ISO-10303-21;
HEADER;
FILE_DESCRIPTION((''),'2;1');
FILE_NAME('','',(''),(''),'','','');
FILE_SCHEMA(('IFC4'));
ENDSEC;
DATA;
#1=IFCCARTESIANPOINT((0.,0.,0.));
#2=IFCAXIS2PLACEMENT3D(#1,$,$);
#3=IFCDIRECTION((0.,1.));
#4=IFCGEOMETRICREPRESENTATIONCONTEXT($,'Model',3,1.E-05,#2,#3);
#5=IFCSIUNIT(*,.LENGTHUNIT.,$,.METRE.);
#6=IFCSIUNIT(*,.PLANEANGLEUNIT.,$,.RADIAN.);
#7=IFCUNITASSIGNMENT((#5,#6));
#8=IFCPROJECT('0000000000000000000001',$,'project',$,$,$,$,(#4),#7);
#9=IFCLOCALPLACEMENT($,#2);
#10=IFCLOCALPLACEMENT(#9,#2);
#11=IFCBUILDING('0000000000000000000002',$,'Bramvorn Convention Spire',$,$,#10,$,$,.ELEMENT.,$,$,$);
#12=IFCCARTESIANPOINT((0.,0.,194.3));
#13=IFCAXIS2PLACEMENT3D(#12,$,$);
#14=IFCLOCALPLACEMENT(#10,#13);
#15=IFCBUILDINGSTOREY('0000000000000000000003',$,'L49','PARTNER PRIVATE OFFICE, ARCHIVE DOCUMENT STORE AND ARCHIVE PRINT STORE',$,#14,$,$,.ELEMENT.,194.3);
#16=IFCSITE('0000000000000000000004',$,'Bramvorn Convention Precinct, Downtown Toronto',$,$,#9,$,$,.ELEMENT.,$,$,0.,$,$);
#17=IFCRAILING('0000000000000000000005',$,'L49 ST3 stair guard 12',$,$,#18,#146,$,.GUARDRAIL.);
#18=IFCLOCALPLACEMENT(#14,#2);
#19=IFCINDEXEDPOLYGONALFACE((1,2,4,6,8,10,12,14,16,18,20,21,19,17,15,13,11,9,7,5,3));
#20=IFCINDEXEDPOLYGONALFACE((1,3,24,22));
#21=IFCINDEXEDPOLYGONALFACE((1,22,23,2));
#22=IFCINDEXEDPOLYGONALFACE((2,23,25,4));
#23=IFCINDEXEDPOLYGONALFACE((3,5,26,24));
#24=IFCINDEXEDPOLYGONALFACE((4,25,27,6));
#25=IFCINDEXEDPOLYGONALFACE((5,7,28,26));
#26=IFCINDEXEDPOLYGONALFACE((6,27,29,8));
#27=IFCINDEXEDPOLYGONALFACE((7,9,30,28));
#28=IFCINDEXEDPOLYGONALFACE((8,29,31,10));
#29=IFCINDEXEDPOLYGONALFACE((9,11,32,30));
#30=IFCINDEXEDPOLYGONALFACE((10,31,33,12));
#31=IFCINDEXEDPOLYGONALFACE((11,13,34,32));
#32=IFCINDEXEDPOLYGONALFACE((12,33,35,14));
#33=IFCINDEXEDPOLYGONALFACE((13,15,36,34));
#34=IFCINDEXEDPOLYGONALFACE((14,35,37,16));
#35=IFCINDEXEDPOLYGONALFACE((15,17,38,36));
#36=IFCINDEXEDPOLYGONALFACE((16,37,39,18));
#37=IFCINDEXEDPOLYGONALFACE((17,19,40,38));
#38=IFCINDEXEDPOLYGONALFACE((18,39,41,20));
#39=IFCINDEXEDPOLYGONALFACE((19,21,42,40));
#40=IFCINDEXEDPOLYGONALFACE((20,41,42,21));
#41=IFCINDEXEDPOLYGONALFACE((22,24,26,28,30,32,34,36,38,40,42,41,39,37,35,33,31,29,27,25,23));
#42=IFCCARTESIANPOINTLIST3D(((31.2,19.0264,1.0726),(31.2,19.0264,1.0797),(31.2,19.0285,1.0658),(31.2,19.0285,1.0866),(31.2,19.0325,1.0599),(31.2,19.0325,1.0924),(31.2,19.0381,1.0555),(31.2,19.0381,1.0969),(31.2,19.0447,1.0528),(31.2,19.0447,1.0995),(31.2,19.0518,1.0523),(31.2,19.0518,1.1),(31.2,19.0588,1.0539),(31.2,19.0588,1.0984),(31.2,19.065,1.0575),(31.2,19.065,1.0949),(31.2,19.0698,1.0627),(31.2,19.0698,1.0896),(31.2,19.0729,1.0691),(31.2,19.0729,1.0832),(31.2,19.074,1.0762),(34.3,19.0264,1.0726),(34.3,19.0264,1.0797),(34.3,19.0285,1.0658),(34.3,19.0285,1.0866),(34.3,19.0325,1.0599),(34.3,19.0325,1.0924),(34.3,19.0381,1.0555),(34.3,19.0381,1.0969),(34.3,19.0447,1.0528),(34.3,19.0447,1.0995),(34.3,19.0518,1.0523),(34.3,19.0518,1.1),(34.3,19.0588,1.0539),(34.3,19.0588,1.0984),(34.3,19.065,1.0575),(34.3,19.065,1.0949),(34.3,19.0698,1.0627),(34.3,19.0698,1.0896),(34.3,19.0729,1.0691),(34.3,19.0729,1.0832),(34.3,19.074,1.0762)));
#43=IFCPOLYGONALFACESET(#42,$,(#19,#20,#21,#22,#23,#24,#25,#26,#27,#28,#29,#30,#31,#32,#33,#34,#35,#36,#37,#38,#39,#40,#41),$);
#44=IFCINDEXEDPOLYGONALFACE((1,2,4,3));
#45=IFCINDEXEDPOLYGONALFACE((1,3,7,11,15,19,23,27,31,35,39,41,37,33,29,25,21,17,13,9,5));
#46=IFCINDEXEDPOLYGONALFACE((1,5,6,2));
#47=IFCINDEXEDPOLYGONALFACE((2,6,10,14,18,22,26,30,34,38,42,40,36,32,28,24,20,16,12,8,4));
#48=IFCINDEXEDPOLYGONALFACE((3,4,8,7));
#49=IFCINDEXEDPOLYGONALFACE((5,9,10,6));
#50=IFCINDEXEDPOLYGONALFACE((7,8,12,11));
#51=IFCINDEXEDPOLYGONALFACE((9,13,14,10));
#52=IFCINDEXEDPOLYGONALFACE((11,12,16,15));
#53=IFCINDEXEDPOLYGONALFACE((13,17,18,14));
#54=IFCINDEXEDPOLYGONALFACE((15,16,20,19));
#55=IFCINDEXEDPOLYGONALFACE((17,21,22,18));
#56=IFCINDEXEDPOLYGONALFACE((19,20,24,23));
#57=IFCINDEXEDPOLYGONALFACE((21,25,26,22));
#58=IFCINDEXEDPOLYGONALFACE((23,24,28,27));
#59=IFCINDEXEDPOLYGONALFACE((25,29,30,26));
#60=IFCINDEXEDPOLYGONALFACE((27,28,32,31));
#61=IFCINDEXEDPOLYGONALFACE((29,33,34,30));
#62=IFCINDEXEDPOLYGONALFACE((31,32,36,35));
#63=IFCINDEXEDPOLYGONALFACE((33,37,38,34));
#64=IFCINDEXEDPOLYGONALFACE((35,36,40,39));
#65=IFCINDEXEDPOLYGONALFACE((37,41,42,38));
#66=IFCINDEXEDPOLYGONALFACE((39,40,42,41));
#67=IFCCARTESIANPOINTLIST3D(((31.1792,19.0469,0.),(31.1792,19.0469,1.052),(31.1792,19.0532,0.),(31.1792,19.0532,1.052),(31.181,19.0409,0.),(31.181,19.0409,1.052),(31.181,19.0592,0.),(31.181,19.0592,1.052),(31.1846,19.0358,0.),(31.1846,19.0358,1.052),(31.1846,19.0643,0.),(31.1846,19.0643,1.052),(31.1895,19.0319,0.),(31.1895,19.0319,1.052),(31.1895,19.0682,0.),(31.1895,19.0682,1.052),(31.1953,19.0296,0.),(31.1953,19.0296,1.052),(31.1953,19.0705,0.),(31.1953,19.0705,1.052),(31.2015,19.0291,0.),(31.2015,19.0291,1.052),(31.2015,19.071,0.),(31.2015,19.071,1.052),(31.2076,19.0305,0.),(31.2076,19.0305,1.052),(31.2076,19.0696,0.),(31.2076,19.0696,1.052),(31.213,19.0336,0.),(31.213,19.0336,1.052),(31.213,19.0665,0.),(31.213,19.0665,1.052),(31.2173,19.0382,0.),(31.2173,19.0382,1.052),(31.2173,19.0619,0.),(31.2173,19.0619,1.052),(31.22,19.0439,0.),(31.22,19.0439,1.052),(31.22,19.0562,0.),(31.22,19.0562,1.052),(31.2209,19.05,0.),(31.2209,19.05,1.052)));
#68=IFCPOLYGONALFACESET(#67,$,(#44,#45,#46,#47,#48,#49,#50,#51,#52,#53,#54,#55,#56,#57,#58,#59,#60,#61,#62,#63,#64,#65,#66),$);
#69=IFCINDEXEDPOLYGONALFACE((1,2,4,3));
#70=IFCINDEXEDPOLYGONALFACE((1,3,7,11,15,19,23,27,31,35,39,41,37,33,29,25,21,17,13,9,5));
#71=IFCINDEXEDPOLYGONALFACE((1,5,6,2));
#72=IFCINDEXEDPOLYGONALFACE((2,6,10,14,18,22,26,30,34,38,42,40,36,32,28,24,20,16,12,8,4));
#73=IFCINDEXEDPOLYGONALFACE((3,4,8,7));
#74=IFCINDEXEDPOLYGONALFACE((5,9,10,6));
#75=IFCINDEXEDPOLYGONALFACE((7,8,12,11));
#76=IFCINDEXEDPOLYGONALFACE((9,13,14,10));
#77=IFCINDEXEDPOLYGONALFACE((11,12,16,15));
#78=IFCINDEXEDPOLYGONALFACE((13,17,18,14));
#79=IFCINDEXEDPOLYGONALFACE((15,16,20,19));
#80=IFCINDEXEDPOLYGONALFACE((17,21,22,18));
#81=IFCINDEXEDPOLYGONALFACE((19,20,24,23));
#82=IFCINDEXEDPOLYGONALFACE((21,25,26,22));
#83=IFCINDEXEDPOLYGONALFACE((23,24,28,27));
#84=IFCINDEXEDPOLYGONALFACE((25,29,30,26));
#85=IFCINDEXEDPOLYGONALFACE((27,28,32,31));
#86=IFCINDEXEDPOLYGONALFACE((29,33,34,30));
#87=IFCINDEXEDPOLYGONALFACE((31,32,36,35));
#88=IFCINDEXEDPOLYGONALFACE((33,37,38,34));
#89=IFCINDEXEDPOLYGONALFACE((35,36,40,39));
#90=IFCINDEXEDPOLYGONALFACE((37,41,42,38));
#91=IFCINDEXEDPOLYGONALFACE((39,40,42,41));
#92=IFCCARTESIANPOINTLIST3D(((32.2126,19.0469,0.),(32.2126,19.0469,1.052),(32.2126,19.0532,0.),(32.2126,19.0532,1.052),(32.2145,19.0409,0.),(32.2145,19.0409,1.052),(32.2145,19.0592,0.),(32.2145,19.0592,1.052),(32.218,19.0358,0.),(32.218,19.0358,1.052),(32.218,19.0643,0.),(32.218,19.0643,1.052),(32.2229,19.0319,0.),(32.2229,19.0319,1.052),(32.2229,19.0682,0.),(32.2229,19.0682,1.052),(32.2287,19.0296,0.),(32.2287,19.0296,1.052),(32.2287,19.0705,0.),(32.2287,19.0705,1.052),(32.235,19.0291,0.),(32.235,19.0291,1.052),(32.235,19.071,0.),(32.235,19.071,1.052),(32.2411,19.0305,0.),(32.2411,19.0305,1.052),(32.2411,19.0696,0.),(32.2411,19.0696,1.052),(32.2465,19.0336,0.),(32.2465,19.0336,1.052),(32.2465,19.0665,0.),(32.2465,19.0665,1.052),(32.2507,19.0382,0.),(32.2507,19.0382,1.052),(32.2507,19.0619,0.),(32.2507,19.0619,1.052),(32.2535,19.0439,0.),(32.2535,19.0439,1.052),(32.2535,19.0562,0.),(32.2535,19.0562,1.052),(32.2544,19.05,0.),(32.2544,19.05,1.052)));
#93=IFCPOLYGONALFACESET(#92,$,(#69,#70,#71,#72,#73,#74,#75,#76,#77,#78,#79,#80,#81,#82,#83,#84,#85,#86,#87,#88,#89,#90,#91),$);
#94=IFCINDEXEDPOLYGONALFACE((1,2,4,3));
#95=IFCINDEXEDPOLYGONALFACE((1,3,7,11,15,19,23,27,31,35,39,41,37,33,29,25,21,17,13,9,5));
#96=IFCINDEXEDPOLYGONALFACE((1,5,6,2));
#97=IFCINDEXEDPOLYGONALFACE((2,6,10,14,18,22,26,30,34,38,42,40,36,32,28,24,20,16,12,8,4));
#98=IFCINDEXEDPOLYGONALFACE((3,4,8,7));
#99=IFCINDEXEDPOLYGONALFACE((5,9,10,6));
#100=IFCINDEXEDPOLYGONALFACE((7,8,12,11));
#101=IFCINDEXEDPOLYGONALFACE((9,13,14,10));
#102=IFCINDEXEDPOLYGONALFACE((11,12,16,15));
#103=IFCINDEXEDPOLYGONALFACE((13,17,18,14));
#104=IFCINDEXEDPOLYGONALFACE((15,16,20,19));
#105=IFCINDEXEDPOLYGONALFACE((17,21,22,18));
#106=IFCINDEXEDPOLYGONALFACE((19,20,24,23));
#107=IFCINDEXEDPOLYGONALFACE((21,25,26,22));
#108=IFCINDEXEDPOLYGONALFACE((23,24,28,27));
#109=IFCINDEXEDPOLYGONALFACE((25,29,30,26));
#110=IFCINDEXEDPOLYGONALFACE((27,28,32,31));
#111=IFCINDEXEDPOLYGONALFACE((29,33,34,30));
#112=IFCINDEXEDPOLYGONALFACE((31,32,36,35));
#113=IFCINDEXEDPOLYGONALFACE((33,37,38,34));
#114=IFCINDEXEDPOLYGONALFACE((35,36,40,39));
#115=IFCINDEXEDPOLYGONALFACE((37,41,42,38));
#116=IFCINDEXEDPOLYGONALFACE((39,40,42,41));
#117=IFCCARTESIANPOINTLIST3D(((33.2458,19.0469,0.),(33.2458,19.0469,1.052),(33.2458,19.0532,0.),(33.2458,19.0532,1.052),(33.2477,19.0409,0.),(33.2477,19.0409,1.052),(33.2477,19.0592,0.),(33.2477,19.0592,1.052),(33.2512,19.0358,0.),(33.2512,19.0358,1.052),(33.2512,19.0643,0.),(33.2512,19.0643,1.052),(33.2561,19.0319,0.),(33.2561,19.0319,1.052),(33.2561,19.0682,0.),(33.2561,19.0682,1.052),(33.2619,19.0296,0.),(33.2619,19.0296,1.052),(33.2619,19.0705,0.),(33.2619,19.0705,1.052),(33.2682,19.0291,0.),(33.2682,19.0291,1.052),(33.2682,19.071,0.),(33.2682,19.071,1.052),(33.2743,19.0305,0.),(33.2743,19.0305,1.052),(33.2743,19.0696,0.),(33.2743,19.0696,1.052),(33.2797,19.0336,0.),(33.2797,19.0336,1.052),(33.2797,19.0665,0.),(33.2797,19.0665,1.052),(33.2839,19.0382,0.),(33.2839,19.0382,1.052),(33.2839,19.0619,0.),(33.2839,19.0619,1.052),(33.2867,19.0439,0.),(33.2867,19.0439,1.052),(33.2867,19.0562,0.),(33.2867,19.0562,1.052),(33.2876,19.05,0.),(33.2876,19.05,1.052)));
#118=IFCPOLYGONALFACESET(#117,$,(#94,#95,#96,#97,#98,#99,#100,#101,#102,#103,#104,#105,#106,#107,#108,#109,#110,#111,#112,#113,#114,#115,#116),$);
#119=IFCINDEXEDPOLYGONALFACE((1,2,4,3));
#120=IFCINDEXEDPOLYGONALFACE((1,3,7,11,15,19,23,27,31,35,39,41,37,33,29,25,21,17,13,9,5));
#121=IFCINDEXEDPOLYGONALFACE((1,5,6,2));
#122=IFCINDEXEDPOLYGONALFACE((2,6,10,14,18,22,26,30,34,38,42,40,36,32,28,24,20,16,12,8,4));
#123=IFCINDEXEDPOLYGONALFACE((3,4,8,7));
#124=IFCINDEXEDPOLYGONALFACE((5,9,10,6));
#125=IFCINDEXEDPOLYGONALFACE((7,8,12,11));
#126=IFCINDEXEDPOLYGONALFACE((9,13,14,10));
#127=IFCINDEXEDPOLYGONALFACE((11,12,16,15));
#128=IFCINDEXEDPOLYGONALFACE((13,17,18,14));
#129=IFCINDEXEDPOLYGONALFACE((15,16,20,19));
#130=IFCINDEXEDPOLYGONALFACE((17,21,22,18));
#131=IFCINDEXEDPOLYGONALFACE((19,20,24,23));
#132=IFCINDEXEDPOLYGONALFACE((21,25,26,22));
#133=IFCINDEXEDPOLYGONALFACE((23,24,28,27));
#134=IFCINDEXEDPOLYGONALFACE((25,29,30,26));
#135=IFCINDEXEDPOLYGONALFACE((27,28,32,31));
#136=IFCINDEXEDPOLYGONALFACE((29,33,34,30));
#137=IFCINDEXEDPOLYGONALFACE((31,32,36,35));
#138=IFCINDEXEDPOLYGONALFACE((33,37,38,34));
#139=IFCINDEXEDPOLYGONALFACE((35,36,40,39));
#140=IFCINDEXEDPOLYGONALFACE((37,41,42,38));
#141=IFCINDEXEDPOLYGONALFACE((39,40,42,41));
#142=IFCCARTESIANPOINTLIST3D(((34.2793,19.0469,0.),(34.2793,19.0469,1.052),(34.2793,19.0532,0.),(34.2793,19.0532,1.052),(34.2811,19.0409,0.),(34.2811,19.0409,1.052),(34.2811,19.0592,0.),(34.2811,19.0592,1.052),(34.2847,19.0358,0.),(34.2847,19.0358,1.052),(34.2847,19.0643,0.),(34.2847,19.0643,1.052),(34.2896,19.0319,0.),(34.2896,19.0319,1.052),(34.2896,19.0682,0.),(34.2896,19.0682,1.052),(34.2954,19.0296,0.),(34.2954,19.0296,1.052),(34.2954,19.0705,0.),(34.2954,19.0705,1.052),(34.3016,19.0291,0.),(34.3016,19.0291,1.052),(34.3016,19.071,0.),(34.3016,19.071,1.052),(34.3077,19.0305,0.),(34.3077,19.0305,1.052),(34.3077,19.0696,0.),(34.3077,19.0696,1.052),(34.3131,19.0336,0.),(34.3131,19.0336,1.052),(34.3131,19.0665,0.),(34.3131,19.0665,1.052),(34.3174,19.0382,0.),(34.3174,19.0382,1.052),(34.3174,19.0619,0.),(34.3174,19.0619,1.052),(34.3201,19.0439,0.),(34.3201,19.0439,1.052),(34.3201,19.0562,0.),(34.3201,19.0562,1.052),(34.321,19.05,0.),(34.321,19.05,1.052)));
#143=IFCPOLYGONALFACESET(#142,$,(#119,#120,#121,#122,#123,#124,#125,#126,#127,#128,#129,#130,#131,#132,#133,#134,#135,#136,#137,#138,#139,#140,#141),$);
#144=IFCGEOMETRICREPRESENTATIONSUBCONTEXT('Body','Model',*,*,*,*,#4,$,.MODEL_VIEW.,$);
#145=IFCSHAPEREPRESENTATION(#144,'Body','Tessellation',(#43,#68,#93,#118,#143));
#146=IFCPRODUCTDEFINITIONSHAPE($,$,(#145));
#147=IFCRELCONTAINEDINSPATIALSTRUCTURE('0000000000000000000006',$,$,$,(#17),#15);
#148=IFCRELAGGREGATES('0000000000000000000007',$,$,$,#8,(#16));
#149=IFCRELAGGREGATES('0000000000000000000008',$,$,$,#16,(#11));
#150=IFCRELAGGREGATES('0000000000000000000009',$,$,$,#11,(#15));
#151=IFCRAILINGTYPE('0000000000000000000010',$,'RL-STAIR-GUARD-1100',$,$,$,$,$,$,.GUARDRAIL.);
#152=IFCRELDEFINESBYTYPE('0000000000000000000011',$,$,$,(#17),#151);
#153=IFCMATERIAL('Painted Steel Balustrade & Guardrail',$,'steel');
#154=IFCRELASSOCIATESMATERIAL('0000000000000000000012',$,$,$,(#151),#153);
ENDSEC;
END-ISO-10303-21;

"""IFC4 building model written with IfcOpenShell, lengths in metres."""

from ifc_helpers import new_model, si_unit, direction, frame, origin, origin_2d, place, context, subcontext, project, spatial, circle, extrude, material, type_object, element, save


model = new_model("IFC4")

# Units and contexts
model_context = context("Model", 3, precision=1e-05, world=origin(), true_north=direction((0.0, 1.0)))
body_context = subcontext(model_context, "Body", "Model", "MODEL_VIEW")
ifc_project = project(units=[si_unit("LENGTHUNIT", "METRE"), si_unit("PLANEANGLEUNIT", "RADIAN")], contexts=[model_context])

# Site, building, storey
site_placement = place(None, origin())
site = spatial("IfcSite", under=ifc_project, at=site_placement, Name="Bramvorn Convention Precinct, Downtown Toronto", CompositionType="ELEMENT", RefElevation=0.0)
building_placement = place(site_placement, origin())
building = spatial("IfcBuilding", under=site, at=building_placement, Name="Bramvorn Convention Spire", CompositionType="ELEMENT")
storey_placement = place(building_placement, frame((0.0, 0.0, 194.3)))
storey = spatial("IfcBuildingStorey", under=building, at=storey_placement, Name="L49", Description="PARTNER PRIVATE OFFICE, ARCHIVE DOCUMENT STORE AND ARCHIVE PRINT STORE", CompositionType="ELEMENT", Elevation=194.3)

# Railing
ifc_material_1 = material(Name="Painted Steel Balustrade & Guardrail", Category="steel")
railing_type_1 = type_object("IfcRailingType", Name="RL-STAIR-GUARD-1100", PredefinedType="GUARDRAIL", material=ifc_material_1)
railing_1_placement = place(storey_placement, frame((31.2, 19.05, 0.0)))
element("IfcRailing", 1, at=railing_1_placement, inside=storey, type_object=railing_type_1, Name="L49 ST3 stair guard 12", PredefinedType="GUARDRAIL", context=body_context, shape_type="SweptSolid", body=[
    extrude(circle(Radius=0.0239, at=origin_2d()), frame((0.0, 0.0, 1.0762), z_axis=(1.0, 0.0, 0.0), x_axis=(0.0, 1.0, 0.0)), (0.0, 0.0, 1.0), 3.1001),
    extrude(circle(Radius=0.021, at=origin_2d()), origin(), (0.0, 0.0, 1.0), 1.052),
    extrude(circle(Radius=0.021, at=origin_2d()), frame((1.0334, 0.0, 0.0)), (0.0, 0.0, 1.0), 1.052),
    extrude(circle(Radius=0.021, at=origin_2d()), frame((2.0667, 0.0, 0.0)), (0.0, 0.0, 1.0), 1.052),
    extrude(circle(Radius=0.021, at=origin_2d()), frame((3.1001, 0.0, 0.0)), (0.0, 0.0, 1.0), 1.052),
])

save(model, "model.ifc")
